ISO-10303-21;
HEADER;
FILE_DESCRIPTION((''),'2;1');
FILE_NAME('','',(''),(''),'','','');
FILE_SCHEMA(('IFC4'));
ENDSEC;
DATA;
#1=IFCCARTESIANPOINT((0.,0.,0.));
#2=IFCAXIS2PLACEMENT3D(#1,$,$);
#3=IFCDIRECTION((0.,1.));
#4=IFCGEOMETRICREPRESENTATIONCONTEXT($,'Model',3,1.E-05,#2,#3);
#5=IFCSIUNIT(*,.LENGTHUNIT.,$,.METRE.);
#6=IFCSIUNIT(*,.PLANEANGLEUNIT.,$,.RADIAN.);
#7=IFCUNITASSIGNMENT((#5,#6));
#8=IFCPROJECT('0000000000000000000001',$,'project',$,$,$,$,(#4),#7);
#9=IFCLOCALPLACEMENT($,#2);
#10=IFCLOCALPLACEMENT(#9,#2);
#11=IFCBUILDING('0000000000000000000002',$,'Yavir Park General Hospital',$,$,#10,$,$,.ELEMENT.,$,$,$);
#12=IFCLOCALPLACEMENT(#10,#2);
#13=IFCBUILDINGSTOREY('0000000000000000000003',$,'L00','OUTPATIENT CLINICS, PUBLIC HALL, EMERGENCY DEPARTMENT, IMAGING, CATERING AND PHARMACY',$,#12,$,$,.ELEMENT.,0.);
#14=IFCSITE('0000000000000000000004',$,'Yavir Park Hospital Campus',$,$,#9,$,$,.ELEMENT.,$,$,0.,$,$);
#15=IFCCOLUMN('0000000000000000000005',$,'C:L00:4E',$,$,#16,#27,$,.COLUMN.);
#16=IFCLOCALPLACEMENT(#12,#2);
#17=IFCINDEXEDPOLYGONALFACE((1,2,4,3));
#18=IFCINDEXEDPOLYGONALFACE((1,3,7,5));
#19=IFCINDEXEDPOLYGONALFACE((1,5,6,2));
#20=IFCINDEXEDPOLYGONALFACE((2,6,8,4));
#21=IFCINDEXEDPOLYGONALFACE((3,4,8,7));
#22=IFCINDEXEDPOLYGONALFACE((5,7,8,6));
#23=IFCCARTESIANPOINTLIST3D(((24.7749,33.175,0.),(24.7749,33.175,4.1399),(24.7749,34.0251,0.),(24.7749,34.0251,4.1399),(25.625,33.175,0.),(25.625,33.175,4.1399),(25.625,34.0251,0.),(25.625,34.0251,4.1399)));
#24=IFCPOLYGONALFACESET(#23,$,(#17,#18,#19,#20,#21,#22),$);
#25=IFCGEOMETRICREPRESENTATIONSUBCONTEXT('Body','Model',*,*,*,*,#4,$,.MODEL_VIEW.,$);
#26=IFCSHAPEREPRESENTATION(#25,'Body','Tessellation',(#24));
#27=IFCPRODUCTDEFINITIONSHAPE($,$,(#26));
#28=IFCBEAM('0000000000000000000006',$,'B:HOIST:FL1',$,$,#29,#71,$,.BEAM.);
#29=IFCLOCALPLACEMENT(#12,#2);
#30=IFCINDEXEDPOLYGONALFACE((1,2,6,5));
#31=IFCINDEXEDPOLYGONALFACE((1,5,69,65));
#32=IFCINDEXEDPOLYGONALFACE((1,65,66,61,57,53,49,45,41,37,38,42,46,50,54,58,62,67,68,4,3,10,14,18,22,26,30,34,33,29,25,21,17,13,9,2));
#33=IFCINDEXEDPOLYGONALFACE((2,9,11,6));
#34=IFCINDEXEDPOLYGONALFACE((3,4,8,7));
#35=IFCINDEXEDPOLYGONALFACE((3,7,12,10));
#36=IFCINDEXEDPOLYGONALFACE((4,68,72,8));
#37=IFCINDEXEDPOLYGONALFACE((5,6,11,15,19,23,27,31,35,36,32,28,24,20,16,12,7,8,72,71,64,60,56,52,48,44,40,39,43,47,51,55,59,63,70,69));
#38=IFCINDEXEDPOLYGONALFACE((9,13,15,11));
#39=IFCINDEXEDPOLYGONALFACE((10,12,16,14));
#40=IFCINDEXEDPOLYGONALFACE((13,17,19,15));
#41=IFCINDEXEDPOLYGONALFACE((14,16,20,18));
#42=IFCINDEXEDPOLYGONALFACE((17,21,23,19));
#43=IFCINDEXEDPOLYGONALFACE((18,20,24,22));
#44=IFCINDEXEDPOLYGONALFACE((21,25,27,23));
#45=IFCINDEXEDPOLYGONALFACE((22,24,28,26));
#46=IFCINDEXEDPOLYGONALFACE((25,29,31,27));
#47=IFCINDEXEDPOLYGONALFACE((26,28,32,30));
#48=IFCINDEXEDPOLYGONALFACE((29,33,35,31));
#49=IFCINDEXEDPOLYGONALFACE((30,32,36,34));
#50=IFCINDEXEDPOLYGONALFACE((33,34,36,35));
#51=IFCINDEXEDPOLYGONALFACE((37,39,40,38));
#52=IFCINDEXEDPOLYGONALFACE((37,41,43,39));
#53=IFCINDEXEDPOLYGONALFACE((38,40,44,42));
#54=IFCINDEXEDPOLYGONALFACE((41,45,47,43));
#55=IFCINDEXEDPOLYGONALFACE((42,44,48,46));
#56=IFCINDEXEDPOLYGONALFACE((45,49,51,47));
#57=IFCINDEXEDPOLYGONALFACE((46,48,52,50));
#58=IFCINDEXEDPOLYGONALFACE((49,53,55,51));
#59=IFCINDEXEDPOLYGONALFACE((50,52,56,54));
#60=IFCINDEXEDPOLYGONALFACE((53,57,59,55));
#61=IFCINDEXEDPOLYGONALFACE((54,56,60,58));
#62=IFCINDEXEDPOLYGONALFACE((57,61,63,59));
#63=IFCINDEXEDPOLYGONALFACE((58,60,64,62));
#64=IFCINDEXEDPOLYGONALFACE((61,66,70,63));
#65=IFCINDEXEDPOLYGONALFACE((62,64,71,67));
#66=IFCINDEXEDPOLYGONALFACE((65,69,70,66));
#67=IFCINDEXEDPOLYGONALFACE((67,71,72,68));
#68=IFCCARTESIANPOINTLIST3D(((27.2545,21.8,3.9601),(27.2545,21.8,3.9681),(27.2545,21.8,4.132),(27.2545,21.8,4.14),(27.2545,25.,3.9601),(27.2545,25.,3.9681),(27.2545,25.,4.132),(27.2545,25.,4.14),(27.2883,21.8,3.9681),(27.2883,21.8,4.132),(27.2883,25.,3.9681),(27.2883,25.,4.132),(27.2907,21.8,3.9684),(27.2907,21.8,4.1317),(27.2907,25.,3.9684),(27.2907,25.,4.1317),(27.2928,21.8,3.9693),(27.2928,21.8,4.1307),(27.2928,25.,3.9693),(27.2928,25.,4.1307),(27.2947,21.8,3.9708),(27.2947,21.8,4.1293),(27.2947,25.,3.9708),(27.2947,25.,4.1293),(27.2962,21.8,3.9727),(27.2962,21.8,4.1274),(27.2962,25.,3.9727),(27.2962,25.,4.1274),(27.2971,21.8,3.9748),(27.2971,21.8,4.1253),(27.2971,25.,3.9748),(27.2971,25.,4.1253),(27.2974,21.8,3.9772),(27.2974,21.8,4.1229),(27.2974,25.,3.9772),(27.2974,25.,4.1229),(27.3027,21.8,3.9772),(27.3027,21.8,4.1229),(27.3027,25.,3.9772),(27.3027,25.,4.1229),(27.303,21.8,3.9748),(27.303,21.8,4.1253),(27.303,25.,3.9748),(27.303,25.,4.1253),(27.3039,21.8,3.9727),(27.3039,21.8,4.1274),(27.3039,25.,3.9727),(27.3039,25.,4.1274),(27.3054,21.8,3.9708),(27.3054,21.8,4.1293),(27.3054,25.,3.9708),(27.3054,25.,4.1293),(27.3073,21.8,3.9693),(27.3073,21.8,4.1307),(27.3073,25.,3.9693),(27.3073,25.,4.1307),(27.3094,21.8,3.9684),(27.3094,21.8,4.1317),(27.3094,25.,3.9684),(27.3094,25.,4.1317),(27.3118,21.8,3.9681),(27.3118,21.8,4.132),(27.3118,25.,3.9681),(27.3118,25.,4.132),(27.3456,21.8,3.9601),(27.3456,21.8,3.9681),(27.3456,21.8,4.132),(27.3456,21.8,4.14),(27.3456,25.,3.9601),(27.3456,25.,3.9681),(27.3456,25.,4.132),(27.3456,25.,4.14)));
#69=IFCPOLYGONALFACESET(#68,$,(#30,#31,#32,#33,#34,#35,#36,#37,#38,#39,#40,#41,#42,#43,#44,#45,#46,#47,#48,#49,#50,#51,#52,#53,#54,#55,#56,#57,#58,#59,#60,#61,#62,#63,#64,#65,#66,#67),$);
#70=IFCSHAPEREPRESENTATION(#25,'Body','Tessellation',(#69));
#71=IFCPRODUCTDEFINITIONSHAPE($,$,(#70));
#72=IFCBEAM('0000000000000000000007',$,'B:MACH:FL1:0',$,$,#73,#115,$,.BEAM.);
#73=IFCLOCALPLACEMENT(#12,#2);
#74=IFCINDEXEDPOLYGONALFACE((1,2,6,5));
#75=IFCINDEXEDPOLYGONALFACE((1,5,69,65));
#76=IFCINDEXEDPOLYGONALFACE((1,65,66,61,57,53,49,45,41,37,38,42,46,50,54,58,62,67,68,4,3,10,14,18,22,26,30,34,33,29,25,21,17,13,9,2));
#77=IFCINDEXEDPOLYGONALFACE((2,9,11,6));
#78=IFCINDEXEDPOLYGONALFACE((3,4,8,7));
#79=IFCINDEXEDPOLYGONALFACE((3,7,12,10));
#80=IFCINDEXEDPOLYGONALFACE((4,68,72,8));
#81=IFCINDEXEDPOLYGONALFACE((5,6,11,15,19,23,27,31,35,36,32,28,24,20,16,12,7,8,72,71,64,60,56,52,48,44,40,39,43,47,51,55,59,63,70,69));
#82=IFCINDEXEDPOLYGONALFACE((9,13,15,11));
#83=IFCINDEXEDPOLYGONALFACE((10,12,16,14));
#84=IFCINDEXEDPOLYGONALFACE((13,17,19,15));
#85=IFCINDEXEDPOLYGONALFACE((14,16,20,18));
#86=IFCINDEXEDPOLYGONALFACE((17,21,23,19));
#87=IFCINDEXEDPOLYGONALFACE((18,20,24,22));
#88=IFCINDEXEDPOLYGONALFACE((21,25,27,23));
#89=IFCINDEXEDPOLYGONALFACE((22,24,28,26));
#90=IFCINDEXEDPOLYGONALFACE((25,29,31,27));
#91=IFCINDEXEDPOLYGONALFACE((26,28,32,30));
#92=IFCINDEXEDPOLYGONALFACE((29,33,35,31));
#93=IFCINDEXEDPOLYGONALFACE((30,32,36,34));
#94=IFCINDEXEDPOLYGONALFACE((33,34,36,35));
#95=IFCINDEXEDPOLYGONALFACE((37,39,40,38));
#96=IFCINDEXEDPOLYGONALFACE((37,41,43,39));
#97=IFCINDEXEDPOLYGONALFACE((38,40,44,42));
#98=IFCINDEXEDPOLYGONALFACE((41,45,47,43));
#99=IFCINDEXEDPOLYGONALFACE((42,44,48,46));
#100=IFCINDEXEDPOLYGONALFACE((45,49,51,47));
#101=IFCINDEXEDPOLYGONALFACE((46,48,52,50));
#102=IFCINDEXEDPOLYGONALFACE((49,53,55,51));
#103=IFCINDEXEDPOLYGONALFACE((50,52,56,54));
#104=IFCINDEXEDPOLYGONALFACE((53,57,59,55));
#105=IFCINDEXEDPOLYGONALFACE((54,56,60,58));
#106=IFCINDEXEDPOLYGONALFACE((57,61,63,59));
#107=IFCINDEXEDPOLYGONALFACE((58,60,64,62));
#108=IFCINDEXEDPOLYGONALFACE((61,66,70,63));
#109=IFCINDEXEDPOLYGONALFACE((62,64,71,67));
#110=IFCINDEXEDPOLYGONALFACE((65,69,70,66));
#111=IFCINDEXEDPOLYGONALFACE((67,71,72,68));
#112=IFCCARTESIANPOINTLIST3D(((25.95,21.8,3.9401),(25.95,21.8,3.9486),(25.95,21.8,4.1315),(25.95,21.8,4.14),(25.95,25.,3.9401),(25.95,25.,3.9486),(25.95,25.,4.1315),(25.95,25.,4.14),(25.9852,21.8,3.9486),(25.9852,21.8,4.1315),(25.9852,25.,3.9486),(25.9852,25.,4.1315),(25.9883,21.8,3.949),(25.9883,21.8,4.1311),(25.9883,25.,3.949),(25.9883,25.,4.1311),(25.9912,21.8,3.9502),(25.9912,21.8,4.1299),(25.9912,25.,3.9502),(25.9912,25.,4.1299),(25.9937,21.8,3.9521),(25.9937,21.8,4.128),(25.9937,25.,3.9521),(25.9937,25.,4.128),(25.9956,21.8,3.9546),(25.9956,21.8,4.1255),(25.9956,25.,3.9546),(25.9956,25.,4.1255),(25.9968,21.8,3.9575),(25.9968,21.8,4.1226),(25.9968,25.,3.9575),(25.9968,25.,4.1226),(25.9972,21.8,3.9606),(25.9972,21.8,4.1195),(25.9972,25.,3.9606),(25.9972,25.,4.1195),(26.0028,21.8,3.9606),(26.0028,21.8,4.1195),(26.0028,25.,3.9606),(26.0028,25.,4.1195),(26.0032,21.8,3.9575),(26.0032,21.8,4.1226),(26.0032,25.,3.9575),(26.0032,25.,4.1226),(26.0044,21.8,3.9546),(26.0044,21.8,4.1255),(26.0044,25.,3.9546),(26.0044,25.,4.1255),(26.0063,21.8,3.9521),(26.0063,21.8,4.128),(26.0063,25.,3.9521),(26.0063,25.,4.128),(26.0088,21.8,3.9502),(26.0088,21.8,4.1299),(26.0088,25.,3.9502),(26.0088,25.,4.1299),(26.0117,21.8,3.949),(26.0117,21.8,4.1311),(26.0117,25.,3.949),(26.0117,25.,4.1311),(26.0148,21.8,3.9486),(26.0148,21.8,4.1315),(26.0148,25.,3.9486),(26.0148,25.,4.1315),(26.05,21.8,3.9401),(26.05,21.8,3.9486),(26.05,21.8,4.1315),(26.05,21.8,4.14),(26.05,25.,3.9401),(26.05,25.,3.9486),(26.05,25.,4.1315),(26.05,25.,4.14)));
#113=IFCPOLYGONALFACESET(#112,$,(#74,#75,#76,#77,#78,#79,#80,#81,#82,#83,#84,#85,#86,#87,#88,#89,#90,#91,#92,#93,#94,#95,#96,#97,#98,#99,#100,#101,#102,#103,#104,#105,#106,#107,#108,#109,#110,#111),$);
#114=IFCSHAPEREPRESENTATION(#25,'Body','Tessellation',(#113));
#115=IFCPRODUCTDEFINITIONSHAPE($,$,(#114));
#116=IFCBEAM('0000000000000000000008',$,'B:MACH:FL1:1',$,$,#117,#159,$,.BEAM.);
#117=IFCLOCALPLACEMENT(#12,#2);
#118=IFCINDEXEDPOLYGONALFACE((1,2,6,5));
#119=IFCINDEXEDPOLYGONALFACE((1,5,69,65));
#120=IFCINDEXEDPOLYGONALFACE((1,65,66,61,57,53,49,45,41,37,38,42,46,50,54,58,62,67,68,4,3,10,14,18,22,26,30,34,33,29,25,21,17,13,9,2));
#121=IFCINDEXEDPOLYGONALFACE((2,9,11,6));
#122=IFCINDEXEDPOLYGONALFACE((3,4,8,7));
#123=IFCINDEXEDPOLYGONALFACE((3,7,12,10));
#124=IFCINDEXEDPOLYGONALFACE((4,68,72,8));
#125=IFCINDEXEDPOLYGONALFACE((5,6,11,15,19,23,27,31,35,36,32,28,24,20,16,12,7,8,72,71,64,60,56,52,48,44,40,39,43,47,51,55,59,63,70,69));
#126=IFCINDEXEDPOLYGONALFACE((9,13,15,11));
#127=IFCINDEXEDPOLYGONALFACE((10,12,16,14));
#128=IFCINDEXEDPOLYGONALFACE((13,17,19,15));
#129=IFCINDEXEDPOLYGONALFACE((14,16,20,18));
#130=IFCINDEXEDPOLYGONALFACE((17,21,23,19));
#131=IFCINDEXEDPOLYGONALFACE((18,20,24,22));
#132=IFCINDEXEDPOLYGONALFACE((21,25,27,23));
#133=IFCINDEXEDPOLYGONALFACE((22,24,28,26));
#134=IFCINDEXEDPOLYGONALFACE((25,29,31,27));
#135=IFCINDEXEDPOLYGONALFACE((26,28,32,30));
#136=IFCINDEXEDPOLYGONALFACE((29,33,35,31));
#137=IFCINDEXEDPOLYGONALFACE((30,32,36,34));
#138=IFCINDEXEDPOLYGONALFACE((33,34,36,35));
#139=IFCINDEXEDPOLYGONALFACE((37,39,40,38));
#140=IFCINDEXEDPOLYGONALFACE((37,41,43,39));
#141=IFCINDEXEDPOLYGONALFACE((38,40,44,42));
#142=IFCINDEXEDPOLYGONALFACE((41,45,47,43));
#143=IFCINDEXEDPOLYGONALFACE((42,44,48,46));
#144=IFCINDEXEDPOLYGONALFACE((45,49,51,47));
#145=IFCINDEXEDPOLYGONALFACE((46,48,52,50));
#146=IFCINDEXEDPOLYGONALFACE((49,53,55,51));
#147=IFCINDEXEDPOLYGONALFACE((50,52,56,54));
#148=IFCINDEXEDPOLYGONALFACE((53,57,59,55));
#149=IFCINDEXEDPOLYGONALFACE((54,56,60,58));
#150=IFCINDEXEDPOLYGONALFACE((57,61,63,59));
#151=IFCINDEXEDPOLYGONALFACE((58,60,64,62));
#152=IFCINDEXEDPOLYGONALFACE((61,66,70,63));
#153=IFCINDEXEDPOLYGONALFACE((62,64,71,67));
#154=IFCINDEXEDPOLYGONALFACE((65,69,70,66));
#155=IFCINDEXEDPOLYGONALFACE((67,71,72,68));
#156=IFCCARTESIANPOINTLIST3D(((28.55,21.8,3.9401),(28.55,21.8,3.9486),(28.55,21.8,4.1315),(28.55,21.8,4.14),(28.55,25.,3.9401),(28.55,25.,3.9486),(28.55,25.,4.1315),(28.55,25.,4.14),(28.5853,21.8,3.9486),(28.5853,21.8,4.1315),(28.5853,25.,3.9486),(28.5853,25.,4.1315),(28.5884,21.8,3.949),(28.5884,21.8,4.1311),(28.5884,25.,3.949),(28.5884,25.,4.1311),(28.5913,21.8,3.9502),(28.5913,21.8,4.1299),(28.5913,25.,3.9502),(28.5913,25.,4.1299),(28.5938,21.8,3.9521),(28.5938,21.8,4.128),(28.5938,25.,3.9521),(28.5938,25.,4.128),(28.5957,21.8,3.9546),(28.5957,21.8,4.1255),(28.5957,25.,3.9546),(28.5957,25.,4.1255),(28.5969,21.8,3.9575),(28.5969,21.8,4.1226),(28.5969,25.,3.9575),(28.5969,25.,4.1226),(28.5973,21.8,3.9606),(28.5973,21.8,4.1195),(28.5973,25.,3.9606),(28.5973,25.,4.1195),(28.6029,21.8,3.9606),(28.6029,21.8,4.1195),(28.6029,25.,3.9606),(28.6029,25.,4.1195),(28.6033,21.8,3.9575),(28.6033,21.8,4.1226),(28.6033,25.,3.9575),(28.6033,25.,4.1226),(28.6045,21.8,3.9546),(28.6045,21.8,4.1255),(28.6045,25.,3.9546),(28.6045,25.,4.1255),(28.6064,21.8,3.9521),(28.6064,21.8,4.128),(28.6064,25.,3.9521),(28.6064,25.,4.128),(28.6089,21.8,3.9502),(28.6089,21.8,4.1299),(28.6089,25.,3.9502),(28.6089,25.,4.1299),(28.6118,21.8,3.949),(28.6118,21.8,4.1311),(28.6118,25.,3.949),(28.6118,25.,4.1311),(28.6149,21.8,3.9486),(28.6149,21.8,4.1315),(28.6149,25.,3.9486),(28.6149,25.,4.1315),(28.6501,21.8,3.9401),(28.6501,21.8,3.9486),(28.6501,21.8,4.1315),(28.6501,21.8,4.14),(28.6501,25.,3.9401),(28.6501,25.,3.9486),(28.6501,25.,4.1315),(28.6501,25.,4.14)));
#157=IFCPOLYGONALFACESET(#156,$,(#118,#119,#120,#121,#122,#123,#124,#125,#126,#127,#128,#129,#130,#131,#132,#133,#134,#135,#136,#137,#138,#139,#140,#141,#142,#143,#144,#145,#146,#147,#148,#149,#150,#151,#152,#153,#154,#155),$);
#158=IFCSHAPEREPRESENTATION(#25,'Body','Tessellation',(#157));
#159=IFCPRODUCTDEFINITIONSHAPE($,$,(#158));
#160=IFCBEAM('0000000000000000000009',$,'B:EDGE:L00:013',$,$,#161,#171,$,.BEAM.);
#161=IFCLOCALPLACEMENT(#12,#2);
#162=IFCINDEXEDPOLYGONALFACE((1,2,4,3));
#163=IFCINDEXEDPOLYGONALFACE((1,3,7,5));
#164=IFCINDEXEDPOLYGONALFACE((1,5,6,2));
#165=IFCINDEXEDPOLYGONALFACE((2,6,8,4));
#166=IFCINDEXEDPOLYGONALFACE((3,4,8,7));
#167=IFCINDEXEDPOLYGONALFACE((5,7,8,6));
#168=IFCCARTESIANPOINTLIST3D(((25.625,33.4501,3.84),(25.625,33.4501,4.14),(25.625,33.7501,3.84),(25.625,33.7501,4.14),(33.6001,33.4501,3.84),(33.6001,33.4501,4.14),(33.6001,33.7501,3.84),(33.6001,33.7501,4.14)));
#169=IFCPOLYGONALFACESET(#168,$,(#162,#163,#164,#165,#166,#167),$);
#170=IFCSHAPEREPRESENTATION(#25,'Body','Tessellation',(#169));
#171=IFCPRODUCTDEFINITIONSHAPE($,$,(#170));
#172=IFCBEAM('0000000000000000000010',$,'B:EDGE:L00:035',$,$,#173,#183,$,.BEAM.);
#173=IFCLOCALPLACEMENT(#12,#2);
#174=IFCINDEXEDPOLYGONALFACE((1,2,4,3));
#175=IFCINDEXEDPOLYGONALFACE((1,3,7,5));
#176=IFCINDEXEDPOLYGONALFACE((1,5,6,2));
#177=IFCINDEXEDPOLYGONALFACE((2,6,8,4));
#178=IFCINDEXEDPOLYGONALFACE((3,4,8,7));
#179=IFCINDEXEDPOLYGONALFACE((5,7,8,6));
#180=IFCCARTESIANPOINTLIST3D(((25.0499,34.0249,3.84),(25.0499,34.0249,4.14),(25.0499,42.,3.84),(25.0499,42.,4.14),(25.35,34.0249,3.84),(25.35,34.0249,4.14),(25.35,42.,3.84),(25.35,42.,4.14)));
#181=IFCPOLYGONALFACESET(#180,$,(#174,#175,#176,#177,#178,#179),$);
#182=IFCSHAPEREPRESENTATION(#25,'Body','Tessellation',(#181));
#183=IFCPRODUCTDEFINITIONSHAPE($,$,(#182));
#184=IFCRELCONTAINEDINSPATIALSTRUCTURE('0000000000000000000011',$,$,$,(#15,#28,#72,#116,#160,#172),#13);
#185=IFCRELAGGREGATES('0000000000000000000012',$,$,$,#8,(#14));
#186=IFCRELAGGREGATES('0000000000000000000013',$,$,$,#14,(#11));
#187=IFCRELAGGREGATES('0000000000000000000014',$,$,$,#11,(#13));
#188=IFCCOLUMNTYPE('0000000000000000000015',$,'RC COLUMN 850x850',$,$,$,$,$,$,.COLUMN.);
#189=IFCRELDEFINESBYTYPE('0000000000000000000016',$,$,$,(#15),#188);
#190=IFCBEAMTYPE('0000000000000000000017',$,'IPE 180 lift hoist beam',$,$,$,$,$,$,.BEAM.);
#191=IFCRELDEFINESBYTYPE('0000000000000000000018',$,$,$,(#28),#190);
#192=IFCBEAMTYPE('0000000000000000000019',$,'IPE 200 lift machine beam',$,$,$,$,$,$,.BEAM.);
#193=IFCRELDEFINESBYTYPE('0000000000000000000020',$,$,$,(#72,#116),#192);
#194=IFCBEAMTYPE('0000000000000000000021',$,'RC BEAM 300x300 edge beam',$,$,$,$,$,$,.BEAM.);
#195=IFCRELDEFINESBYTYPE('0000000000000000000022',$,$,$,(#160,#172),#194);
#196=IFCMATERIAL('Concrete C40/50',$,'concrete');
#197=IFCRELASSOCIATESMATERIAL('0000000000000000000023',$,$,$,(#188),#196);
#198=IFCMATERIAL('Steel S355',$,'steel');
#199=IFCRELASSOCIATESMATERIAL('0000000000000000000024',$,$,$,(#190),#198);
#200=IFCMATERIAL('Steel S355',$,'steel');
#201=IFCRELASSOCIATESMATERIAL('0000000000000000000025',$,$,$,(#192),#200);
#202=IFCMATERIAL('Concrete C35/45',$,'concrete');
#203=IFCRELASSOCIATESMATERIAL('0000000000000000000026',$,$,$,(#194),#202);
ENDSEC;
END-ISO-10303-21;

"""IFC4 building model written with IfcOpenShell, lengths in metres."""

from ifc_helpers import new_model, si_unit, direction, frame, origin, origin_2d, place, context, subcontext, project, spatial, rectangle, i_section, extrude, material, material_profile, profile_set, type_object, element, save


model = new_model("IFC4")

# Units and contexts
model_context = context("Model", 3, precision=1e-05, world=origin(), true_north=direction((0.0, 1.0)))
body_context = subcontext(model_context, "Body", "Model", "MODEL_VIEW")
ifc_project = project(units=[si_unit("LENGTHUNIT", "METRE"), si_unit("PLANEANGLEUNIT", "RADIAN")], contexts=[model_context])

# Site, building, storey
site_placement = place(None, origin())
site = spatial("IfcSite", under=ifc_project, at=site_placement, Name="Yavir Park Hospital Campus", CompositionType="ELEMENT", RefElevation=0.0)
building_placement = place(site_placement, origin())
building = spatial("IfcBuilding", under=site, at=building_placement, Name="Yavir Park General Hospital", CompositionType="ELEMENT")
storey_placement = place(building_placement, origin())
storey = spatial("IfcBuildingStorey", under=building, at=storey_placement, Name="L00", Description="OUTPATIENT CLINICS, PUBLIC HALL, EMERGENCY DEPARTMENT, IMAGING, CATERING AND PHARMACY", CompositionType="ELEMENT", Elevation=0.0)

# Column
ifc_material_1 = material(Name="Concrete C40/50", Category="concrete")
ifc_material_profile_1 = material_profile(ifc_material_1, rectangle(XDim=0.8501, YDim=0.8501, at=origin_2d()), Name="RC850x850")
ifc_profile_set_1 = profile_set([ifc_material_profile_1], Name="Concrete C40/50")
column_type = type_object("IfcColumnType", Name="RC COLUMN 850x850", PredefinedType="COLUMN", material=ifc_profile_set_1)
column_placement = place(storey_placement, frame((25.2, 33.6001, 0.0), z_axis=(0.0, 0.0, 1.0), x_axis=(1.0, 0.0, 0.0)))
element("IfcColumn", 1, at=column_placement, inside=storey, type_object=column_type, Name="C:L00:4E", PredefinedType="COLUMN", context=body_context, shape_type="SweptSolid", body=[
    extrude(rectangle(XDim=0.8501, YDim=0.8501, at=origin_2d()), origin(), (0.0, 0.0, 1.0), 4.1399),
])

# Beams
ifc_material_2 = material(Name="Steel S355", Category="steel")
ifc_material_profile_2 = material_profile(ifc_material_2, i_section(OverallWidth=0.0911, OverallDepth=0.1799, WebThickness=0.0054, FlangeThickness=0.0081, FilletRadius=0.009, at=origin_2d()), Name="IPE180")
ifc_profile_set_2 = profile_set([ifc_material_profile_2], Name="Steel S355")
beam_type_1 = type_object("IfcBeamType", Name="IPE 180 lift hoist beam", PredefinedType="BEAM", material=ifc_profile_set_2)
beam_placement = place(storey_placement, frame((27.3, 21.8, 4.05), z_axis=(0.0, 1.0, 0.0), x_axis=(-1.0, 0.0, 0.0)))
element("IfcBeam", 2, at=beam_placement, inside=storey, type_object=beam_type_1, Name="B:HOIST:FL1", PredefinedType="BEAM", context=body_context, shape_type="SweptSolid", body=[
    extrude(i_section(OverallWidth=0.0911, OverallDepth=0.1799, WebThickness=0.0054, FlangeThickness=0.0081, FilletRadius=0.009, at=origin_2d()), origin(), (0.0, 0.0, 1.0), 3.2),
])
ifc_material_3 = material(Name="Steel S355", Category="steel")
ifc_material_profile_3 = material_profile(ifc_material_3, i_section(OverallWidth=0.1001, OverallDepth=0.2, WebThickness=0.0056, FlangeThickness=0.0085, FilletRadius=0.012, at=origin_2d()), Name="IPE200")
ifc_profile_set_3 = profile_set([ifc_material_profile_3], Name="Steel S355")
beam_type_2 = type_object("IfcBeamType", Name="IPE 200 lift machine beam", PredefinedType="BEAM", material=ifc_profile_set_3)
for number, where, z_axis, x_axis, name in (
    (3, (26.0, 21.8, 4.04), (0.0, 1.0, 0.0), (-1.0, 0.0, 0.0), "B:MACH:FL1:0"),
    (4, (28.6001, 21.8, 4.04), (0.0, 1.0, 0.0), (-1.0, 0.0, 0.0), "B:MACH:FL1:1"),
):
    element("IfcBeam", number, at=place(storey_placement, frame(where, z_axis=z_axis, x_axis=x_axis)), inside=storey, type_object=beam_type_2, Name=name, PredefinedType="BEAM", context=body_context, shape_type="SweptSolid", body=[
        extrude(i_section(OverallWidth=0.1001, OverallDepth=0.2, WebThickness=0.0056, FlangeThickness=0.0085, FilletRadius=0.012, at=origin_2d()), origin(), (0.0, 0.0, 1.0), 3.2),
    ])
ifc_material_4 = material(Name="Concrete C35/45", Category="concrete")
ifc_material_profile_4 = material_profile(ifc_material_4, rectangle(XDim=0.3, YDim=0.3, at=origin_2d()), Name="RC300x300")
ifc_profile_set_4 = profile_set([ifc_material_profile_4], Name="Concrete C35/45")
beam_type_3 = type_object("IfcBeamType", Name="RC BEAM 300x300 edge beam", PredefinedType="BEAM", material=ifc_profile_set_4)
for number, where, z_axis, x_axis, name in (
    (5, (25.625, 33.6001, 3.99), (1.0, 0.0, 0.0), (0.0, 1.0, 0.0), "B:EDGE:L00:013"),
    (6, (25.2, 34.0249, 3.99), (0.0, 1.0, 0.0), (-1.0, 0.0, 0.0), "B:EDGE:L00:035"),
):
    element("IfcBeam", number, at=place(storey_placement, frame(where, z_axis=z_axis, x_axis=x_axis)), inside=storey, type_object=beam_type_3, Name=name, PredefinedType="BEAM", context=body_context, shape_type="SweptSolid", body=[
        extrude(rectangle(XDim=0.3, YDim=0.3, at=origin_2d()), origin(), (0.0, 0.0, 1.0), 7.9751),
    ])

save(model, "model.ifc")
